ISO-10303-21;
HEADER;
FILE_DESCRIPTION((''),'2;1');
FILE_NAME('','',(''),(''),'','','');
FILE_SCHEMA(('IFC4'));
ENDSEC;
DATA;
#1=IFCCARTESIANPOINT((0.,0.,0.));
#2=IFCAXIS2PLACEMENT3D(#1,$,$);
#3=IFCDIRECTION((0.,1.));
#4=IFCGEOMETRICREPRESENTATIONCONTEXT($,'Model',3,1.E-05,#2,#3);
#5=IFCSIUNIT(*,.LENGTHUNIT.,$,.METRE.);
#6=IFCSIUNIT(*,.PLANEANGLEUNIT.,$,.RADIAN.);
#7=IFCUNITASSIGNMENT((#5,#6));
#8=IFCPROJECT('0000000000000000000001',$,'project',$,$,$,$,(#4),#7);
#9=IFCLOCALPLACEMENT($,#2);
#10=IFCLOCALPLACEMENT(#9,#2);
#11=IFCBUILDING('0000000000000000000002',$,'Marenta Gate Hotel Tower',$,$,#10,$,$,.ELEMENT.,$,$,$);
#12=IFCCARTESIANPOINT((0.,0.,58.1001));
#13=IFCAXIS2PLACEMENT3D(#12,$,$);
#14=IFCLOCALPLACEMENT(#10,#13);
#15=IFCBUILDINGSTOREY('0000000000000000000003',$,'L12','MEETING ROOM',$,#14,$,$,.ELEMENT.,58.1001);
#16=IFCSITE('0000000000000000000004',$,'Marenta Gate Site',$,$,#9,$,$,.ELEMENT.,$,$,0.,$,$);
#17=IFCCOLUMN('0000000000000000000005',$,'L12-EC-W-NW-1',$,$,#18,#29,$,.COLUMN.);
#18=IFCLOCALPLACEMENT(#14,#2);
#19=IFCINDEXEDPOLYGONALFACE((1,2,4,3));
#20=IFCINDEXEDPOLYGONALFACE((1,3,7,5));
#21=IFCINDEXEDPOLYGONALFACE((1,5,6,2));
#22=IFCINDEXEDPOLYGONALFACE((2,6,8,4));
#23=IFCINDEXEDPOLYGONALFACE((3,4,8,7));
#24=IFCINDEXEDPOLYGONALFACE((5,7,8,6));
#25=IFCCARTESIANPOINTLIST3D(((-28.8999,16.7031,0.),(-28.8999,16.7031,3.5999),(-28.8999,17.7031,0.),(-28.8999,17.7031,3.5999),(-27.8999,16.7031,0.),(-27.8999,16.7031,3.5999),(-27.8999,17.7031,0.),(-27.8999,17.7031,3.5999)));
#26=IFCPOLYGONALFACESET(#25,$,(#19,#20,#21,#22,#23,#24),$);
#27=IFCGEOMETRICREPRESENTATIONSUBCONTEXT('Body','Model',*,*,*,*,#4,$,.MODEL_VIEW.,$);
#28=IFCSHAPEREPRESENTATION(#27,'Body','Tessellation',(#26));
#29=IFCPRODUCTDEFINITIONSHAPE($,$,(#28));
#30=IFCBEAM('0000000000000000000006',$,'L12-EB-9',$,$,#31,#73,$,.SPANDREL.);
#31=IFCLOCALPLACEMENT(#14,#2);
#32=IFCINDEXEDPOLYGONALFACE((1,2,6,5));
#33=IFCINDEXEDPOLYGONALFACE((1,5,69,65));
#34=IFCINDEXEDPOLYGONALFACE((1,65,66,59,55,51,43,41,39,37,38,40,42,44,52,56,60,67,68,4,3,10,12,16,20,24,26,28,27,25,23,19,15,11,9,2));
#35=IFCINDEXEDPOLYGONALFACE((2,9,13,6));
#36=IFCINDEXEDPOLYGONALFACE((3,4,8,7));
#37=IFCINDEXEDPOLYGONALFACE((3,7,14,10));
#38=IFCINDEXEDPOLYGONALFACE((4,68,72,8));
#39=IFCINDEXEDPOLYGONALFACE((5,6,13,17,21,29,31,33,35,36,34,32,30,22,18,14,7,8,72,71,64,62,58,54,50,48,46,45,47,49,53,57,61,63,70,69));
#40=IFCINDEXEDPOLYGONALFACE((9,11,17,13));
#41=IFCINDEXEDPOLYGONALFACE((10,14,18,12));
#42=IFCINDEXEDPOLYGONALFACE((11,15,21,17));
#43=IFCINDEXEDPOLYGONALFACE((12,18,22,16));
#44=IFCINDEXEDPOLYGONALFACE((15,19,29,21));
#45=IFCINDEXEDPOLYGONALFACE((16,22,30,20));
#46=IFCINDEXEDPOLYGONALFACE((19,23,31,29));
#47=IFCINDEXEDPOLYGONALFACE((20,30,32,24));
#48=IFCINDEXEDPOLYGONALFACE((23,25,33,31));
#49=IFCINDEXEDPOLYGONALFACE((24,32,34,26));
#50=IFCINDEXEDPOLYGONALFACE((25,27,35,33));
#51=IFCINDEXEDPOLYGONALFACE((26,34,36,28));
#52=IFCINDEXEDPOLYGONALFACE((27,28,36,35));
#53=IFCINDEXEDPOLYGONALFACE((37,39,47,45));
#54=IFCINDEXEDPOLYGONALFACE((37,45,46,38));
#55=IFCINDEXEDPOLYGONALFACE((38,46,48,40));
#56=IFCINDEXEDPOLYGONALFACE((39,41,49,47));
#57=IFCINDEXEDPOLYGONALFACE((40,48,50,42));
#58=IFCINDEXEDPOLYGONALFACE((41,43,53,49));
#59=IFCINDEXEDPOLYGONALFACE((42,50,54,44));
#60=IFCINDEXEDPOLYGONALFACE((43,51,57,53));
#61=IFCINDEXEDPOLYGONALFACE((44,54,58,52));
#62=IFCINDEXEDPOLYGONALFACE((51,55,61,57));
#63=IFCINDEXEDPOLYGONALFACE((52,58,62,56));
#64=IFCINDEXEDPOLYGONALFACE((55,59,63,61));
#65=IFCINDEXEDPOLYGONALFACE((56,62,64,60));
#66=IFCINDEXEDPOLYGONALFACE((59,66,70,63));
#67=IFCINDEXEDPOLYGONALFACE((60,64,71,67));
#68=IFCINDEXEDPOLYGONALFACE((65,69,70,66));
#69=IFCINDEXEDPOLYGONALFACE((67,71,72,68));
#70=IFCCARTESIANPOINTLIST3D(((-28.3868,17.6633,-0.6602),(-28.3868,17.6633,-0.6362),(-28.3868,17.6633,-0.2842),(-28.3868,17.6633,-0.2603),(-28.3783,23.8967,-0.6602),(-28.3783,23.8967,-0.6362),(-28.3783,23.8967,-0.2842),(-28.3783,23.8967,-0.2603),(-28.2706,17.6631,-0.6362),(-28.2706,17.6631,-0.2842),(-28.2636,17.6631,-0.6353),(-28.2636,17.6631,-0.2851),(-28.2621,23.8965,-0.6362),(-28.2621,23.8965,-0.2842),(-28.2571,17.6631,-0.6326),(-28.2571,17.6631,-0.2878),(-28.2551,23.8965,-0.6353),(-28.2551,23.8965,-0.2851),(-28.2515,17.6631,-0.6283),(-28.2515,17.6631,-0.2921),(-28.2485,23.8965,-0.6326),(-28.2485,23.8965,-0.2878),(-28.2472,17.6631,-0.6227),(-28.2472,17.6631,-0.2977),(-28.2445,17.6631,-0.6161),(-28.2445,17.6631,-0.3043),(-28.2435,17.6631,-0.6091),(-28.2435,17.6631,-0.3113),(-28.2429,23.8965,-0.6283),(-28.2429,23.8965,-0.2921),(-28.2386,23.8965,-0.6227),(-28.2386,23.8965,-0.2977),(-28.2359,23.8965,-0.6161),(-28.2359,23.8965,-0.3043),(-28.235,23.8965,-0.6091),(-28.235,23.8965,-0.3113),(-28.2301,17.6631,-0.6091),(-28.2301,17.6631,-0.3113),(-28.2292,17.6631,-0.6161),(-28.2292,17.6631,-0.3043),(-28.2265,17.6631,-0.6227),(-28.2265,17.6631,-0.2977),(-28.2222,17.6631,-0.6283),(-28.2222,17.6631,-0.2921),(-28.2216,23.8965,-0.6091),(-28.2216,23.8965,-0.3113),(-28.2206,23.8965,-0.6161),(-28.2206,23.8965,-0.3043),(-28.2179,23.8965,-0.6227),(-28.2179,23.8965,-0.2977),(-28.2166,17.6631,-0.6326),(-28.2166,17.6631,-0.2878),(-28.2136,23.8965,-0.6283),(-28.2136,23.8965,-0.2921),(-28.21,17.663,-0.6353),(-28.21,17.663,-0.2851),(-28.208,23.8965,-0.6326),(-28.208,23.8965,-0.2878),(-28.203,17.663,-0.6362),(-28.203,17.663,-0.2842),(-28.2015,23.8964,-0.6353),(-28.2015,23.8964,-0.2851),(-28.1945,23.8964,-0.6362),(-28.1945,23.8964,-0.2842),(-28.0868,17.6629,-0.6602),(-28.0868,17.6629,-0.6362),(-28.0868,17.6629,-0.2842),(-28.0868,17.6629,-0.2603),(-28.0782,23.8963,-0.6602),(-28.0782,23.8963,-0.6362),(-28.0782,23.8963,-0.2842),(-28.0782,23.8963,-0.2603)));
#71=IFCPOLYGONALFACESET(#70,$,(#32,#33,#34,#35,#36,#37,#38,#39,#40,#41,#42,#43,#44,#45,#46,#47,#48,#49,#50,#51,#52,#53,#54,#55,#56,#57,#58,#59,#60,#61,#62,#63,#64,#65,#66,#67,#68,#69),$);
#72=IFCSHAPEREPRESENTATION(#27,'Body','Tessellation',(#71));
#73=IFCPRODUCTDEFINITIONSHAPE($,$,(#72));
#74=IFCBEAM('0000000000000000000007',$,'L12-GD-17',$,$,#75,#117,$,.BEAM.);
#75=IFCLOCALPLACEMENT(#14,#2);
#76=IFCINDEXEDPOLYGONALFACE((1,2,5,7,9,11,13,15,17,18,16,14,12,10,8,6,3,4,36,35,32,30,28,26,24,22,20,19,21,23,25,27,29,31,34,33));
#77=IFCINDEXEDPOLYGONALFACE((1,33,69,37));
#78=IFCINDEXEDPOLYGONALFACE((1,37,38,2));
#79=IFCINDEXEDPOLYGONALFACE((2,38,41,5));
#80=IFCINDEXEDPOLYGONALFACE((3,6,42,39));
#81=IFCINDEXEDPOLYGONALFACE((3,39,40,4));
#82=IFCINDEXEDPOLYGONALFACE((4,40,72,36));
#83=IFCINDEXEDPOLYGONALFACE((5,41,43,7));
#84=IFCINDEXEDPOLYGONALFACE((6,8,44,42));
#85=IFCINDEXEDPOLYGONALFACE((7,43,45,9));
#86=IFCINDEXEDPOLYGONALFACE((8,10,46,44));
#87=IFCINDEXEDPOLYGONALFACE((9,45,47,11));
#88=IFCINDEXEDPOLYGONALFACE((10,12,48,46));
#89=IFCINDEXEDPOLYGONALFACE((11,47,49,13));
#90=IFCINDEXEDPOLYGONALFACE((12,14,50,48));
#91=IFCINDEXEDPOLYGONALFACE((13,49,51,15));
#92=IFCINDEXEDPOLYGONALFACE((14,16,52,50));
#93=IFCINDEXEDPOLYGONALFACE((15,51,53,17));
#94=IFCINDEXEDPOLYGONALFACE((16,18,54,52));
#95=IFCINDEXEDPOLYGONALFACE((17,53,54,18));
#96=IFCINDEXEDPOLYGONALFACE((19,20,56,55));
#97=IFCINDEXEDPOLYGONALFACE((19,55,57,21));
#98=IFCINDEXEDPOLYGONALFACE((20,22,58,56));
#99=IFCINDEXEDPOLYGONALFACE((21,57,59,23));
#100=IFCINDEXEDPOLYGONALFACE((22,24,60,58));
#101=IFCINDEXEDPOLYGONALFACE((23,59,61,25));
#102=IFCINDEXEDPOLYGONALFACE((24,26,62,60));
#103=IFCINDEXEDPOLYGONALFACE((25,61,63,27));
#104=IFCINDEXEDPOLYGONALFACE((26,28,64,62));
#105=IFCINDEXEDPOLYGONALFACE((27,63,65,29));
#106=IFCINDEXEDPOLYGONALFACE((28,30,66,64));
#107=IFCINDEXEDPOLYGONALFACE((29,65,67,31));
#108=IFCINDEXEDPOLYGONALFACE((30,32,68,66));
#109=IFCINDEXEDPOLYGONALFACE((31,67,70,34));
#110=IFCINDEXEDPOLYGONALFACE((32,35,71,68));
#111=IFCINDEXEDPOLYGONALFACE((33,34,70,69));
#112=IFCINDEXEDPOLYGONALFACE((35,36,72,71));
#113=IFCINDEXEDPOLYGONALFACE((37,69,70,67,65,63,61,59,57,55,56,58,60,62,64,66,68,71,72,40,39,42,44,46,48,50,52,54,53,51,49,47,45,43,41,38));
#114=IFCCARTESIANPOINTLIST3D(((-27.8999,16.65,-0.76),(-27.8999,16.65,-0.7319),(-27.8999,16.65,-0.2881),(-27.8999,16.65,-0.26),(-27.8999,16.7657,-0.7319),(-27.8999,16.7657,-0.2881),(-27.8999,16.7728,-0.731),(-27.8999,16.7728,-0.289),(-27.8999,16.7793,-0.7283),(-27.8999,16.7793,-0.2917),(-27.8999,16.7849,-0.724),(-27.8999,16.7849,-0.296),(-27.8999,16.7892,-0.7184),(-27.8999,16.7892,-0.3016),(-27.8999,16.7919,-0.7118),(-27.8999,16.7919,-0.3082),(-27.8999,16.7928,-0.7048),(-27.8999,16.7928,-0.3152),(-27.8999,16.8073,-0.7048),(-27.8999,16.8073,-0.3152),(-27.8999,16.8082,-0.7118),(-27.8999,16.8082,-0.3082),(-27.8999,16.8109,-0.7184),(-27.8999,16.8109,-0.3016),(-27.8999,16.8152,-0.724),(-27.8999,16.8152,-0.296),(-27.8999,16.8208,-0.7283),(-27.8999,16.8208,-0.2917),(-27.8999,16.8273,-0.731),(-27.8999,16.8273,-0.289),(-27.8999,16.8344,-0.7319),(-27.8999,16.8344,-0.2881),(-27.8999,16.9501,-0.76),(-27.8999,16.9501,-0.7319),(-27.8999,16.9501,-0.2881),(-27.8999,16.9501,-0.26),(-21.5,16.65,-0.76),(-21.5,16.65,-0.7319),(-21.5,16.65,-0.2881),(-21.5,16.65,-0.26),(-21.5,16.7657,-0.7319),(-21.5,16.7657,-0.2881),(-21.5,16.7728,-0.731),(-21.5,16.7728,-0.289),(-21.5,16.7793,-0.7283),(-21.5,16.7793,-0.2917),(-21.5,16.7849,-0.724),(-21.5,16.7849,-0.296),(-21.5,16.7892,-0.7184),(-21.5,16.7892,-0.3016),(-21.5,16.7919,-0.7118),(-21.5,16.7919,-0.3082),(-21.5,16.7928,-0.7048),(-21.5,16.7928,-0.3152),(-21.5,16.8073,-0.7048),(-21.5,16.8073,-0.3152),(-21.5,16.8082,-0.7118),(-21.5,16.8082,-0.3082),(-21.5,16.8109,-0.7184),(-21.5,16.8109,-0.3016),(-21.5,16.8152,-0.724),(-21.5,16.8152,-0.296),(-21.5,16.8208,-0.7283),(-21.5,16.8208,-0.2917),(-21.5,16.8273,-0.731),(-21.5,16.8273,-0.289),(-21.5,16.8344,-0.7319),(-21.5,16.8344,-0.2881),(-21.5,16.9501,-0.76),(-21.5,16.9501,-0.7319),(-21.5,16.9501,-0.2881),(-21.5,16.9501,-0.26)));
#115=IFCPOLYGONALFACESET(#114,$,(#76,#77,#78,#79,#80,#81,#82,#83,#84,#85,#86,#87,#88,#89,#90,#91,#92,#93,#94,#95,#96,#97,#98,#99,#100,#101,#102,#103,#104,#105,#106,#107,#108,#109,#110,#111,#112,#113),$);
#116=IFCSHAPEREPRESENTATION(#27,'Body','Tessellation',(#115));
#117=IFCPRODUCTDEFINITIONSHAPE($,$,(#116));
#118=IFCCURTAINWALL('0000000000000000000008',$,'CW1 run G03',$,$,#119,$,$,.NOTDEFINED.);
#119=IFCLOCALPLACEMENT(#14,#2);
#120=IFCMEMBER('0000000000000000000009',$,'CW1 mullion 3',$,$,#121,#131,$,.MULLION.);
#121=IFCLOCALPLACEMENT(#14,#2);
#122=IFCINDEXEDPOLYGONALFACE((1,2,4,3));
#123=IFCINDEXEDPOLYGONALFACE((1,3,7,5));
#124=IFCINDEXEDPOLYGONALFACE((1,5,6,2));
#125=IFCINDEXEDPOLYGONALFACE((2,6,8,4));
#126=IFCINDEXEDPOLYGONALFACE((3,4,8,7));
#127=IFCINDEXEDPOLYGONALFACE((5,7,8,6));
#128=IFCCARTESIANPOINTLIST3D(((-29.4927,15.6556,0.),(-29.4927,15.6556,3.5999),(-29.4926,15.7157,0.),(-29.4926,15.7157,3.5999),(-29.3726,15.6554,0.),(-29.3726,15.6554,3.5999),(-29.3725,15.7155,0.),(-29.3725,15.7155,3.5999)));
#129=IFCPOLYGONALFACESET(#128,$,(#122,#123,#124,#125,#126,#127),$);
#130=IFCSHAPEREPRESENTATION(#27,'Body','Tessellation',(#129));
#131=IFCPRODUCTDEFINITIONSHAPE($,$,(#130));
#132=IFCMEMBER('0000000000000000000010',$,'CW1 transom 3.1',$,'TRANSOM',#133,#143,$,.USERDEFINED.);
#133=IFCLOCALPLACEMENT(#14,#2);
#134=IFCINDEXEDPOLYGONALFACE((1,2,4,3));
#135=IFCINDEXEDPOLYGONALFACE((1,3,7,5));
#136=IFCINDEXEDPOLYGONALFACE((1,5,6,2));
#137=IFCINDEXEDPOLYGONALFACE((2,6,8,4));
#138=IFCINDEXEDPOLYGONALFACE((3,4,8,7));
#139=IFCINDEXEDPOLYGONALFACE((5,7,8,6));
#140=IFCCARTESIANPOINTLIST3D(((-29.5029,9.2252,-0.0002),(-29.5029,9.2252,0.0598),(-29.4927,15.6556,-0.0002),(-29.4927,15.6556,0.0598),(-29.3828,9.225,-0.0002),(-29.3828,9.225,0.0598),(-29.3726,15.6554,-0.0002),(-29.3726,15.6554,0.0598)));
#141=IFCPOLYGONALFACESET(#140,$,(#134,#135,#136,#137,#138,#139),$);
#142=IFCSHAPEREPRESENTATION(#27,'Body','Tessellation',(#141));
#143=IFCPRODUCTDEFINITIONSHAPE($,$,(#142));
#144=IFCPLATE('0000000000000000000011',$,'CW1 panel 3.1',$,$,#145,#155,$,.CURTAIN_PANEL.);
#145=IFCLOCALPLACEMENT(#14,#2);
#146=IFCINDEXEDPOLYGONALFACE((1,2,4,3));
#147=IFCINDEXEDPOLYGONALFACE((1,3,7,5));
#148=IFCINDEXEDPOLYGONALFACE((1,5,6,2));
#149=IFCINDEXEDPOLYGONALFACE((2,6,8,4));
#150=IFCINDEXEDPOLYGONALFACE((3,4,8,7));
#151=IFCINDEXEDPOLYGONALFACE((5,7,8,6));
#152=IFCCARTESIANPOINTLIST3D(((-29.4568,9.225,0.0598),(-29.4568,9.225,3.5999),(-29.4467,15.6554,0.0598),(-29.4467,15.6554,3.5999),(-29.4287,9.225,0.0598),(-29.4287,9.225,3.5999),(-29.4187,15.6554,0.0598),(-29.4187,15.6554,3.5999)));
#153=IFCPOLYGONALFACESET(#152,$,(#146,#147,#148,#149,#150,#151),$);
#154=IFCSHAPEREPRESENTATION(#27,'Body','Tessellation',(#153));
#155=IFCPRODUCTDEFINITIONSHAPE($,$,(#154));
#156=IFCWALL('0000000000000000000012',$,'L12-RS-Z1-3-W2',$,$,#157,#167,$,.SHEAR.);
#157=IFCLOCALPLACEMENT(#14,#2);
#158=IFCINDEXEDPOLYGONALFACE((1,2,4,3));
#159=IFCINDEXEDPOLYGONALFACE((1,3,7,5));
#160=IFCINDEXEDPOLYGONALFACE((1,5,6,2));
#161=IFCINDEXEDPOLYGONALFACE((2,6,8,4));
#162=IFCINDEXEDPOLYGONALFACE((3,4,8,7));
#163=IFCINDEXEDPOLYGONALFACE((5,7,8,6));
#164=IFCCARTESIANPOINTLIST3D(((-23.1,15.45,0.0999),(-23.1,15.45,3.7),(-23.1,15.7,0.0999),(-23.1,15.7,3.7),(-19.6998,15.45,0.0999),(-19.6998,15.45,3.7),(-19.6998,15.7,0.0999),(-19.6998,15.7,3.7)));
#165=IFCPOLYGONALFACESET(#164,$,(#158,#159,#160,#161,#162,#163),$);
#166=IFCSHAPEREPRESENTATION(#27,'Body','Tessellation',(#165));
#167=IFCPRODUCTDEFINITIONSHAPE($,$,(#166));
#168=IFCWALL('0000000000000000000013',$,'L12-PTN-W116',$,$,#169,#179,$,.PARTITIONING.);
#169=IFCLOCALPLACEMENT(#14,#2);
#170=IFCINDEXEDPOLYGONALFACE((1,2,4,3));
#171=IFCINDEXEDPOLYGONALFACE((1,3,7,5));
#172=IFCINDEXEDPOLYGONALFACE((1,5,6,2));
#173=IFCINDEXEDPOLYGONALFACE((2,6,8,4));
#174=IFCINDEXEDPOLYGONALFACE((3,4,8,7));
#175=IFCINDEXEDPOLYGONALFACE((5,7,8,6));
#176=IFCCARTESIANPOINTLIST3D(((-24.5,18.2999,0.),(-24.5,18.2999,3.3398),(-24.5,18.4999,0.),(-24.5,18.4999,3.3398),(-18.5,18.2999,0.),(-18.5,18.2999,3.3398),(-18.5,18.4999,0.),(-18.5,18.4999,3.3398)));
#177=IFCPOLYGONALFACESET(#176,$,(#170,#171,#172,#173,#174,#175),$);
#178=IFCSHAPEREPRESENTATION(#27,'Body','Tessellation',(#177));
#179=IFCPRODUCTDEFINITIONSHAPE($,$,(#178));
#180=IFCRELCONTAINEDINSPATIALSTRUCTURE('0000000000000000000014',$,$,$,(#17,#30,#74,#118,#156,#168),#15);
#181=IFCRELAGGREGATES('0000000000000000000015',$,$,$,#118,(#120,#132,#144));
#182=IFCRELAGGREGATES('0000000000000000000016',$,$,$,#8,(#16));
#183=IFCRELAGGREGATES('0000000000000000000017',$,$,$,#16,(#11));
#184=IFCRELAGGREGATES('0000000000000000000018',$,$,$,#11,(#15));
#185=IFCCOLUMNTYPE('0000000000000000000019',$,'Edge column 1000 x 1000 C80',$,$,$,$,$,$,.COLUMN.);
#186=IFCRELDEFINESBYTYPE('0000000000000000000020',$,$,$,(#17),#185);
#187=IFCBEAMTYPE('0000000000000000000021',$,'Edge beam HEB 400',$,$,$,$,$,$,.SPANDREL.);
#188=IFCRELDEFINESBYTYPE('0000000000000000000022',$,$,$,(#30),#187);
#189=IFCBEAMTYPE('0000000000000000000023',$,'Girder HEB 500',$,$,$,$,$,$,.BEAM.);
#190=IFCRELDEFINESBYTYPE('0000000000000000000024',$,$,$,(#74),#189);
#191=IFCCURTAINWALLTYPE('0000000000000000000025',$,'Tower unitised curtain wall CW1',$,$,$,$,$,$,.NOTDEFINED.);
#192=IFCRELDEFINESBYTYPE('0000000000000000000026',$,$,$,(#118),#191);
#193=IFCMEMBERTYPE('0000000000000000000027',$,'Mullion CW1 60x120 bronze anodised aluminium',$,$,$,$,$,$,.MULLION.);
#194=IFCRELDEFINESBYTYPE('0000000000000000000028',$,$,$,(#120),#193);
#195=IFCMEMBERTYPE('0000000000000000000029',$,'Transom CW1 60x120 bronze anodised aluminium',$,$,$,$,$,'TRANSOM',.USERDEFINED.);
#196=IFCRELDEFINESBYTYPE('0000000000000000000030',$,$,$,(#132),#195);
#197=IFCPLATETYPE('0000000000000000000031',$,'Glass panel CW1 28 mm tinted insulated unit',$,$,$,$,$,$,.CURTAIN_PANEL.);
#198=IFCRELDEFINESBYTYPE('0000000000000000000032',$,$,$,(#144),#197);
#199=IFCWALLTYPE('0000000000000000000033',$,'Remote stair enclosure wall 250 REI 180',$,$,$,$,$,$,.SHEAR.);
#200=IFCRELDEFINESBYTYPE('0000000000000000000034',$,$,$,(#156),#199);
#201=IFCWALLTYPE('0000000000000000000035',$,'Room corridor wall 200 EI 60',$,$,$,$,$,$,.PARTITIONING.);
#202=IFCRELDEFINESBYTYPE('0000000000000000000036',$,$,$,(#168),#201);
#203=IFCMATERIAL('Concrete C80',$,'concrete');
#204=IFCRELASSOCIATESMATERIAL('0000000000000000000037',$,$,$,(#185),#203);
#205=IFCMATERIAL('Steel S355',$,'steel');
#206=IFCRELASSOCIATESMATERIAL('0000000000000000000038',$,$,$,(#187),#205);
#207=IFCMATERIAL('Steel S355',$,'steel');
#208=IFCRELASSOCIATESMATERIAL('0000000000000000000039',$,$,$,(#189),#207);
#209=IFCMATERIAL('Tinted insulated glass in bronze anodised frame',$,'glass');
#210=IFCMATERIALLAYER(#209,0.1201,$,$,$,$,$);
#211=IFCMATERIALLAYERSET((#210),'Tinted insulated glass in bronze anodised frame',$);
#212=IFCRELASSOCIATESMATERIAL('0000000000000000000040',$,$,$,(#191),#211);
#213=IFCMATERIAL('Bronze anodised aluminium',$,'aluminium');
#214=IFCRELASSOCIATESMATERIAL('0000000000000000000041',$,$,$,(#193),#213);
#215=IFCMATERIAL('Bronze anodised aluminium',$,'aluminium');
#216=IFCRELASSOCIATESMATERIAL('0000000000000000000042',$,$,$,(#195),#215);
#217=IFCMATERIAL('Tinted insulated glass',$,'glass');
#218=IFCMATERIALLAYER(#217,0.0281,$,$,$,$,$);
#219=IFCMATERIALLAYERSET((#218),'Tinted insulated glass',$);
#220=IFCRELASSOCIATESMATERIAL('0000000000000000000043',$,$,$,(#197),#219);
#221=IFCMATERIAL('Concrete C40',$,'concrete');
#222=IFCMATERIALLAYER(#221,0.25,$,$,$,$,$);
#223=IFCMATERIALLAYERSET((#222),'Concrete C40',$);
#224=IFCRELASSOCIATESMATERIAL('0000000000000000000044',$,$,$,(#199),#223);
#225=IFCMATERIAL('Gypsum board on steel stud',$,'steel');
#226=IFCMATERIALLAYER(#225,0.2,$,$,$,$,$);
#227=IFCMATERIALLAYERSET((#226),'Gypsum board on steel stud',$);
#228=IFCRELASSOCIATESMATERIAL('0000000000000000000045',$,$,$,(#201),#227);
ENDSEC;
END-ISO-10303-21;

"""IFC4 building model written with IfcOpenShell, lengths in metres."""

from ifc_helpers import new_model, si_unit, direction, frame, frame_2d, origin, origin_2d, place, context, subcontext, project, spatial, rectangle, i_section, extrude, material, layer, layer_set, material_profile, profile_set, type_object, element, aggregate, save


model = new_model("IFC4")

# Units and contexts
model_context = context("Model", 3, precision=1e-05, world=origin(), true_north=direction((0.0, 1.0)))
body_context = subcontext(model_context, "Body", "Model", "MODEL_VIEW")
ifc_project = project(units=[si_unit("LENGTHUNIT", "METRE"), si_unit("PLANEANGLEUNIT", "RADIAN")], contexts=[model_context])

# Site, building, storey
site_placement = place(None, origin())
site = spatial("IfcSite", under=ifc_project, at=site_placement, Name="Marenta Gate Site", CompositionType="ELEMENT", RefElevation=0.0)
building_placement = place(site_placement, origin())
building = spatial("IfcBuilding", under=site, at=building_placement, Name="Marenta Gate Hotel Tower", CompositionType="ELEMENT")
storey_placement = place(building_placement, frame((0.0, 0.0, 58.1001)))
storey = spatial("IfcBuildingStorey", under=building, at=storey_placement, Name="L12", Description="MEETING ROOM", CompositionType="ELEMENT", Elevation=58.1001)

# Column
ifc_material_1 = material(Name="Concrete C80", Category="concrete")
ifc_material_profile_1 = material_profile(ifc_material_1, rectangle(XDim=1.0, YDim=1.0, at=origin_2d()), Name="1000 x 1000")
ifc_profile_set_1 = profile_set([ifc_material_profile_1], Name="Concrete C80")
column_type = type_object("IfcColumnType", Name="Edge column 1000 x 1000 C80", PredefinedType="COLUMN", material=ifc_profile_set_1)
column_placement = place(storey_placement, frame((-28.3999, 17.2031, 0.0), z_axis=(0.0, 0.0, 1.0), x_axis=(1.0, 0.0, 0.0)))
element("IfcColumn", 1, at=column_placement, inside=storey, type_object=column_type, Name="L12-EC-W-NW-1", PredefinedType="COLUMN", context=body_context, shape_type="SweptSolid", body=[
    extrude(rectangle(XDim=1.0, YDim=1.0, at=origin_2d()), origin(), (0.0, 0.0, 1.0), 3.5999),
])

# Beams
ifc_material_2 = material(Name="Steel S355", Category="steel")
ifc_material_profile_2 = material_profile(ifc_material_2, i_section(OverallWidth=0.3, OverallDepth=0.3999, WebThickness=0.0134, FlangeThickness=0.0239, FilletRadius=0.0271, at=origin_2d()), Name="HEB 400")
ifc_profile_set_2 = profile_set([ifc_material_profile_2], Name="Steel S355")
beam_type_1 = type_object("IfcBeamType", Name="Edge beam HEB 400", PredefinedType="SPANDREL", material=ifc_profile_set_2)
beam_1_placement = place(storey_placement, frame((-28.2368, 17.6631, -0.4602), z_axis=(0.001371, 0.999999, 0.0), x_axis=(-0.999999, 0.001371, 0.0)))
element("IfcBeam", 2, at=beam_1_placement, inside=storey, type_object=beam_type_1, Name="L12-EB-9", PredefinedType="SPANDREL", context=body_context, shape_type="SweptSolid", body=[
    extrude(i_section(OverallWidth=0.3, OverallDepth=0.3999, WebThickness=0.0134, FlangeThickness=0.0239, FilletRadius=0.0271, at=origin_2d()), origin(), (0.0, 0.0, 1.0), 6.2334),
])
ifc_material_3 = material(Name="Steel S355", Category="steel")
ifc_material_profile_3 = material_profile(ifc_material_3, i_section(OverallWidth=0.3, OverallDepth=0.5, WebThickness=0.0144, FlangeThickness=0.0281, FilletRadius=0.0271, at=origin_2d()), Name="HEB 500")
ifc_profile_set_3 = profile_set([ifc_material_profile_3], Name="Steel S355")
beam_type_2 = type_object("IfcBeamType", Name="Girder HEB 500", PredefinedType="BEAM", material=ifc_profile_set_3)
beam_2_placement = place(storey_placement, frame((-27.8999, 16.8, -0.51), z_axis=(1.0, 0.0, 0.0), x_axis=(0.0, 1.0, 0.0)))
element("IfcBeam", 3, at=beam_2_placement, inside=storey, type_object=beam_type_2, Name="L12-GD-17", PredefinedType="BEAM", context=body_context, shape_type="SweptSolid", body=[
    extrude(i_section(OverallWidth=0.3, OverallDepth=0.5, WebThickness=0.0144, FlangeThickness=0.0281, FilletRadius=0.0271, at=origin_2d()), origin(), (0.0, 0.0, 1.0), 6.3999),
])

# Curtain wall, members, plate
ifc_material_4 = material(Name="Tinted insulated glass in bronze anodised frame", Category="glass")
ifc_layer_1 = layer(ifc_material_4, 0.1201)
ifc_layer_set_1 = layer_set([ifc_layer_1], Name="Tinted insulated glass in bronze anodised frame")
curtain_wall_type = type_object("IfcCurtainWallType", Name="Tower unitised curtain wall CW1", PredefinedType="NOTDEFINED", material=ifc_layer_set_1)
curtain_wall_placement = place(storey_placement, origin())
curtain_wall = element("IfcCurtainWall", 4, at=curtain_wall_placement, inside=storey, type_object=curtain_wall_type, Name="CW1 run G03", PredefinedType="NOTDEFINED")
ifc_material_5 = material(Name="Bronze anodised aluminium", Category="aluminium")
ifc_material_profile_4 = material_profile(ifc_material_5, rectangle(XDim=0.1201, YDim=0.0601, at=origin_2d()), Name="Mullion CW1 60x120 bronze anodised aluminium")
ifc_profile_set_4 = profile_set([ifc_material_profile_4], Name="Bronze anodised aluminium")
member_type_1 = type_object("IfcMemberType", Name="Mullion CW1 60x120 bronze anodised aluminium", PredefinedType="MULLION", material=ifc_profile_set_4)
member_1_placement = place(storey_placement, frame((-29.4326, 15.6855, 0.0), z_axis=(0.0, 0.0, 1.0), x_axis=(0.999999, -0.001566, 0.0)))
member_1 = element("IfcMember", 5, at=member_1_placement, type_object=member_type_1, Name="CW1 mullion 3", PredefinedType="MULLION", context=body_context, shape_type="SweptSolid", body=[
    extrude(rectangle(XDim=0.1201, YDim=0.0601, at=origin_2d()), origin(), (0.0, 0.0, 1.0), 3.5999),
])
ifc_material_6 = material(Name="Bronze anodised aluminium", Category="aluminium")
ifc_material_profile_5 = material_profile(ifc_material_6, rectangle(XDim=0.1201, YDim=0.0601, at=origin_2d()), Name="Transom CW1 60x120 bronze anodised aluminium")
ifc_profile_set_5 = profile_set([ifc_material_profile_5], Name="Bronze anodised aluminium")
member_type_2 = type_object("IfcMemberType", Name="Transom CW1 60x120 bronze anodised aluminium", ElementType="TRANSOM", PredefinedType="USERDEFINED", material=ifc_profile_set_5)
member_2_placement = place(storey_placement, frame((-29.4326, 15.6555, 0.0298), z_axis=(-0.001595, -0.999999, 0.0), x_axis=(0.999999, -0.001595, 0.0)))
member_2 = element("IfcMember", 6, at=member_2_placement, type_object=member_type_2, Name="CW1 transom 3.1", ObjectType="TRANSOM", PredefinedType="USERDEFINED", context=body_context, shape_type="SweptSolid", body=[
    extrude(rectangle(XDim=0.1201, YDim=0.0601, at=origin_2d()), origin(), (0.0, 0.0, 1.0), 6.4304),
])
ifc_material_7 = material(Name="Tinted insulated glass", Category="glass")
ifc_layer_2 = layer(ifc_material_7, 0.0281)
ifc_layer_set_2 = layer_set([ifc_layer_2], Name="Tinted insulated glass")
plate_type = type_object("IfcPlateType", Name="Glass panel CW1 28 mm tinted insulated unit", PredefinedType="CURTAIN_PANEL", material=ifc_layer_set_2)
plate_placement = place(storey_placement, frame((-29.4377, 12.4402, 0.0598), z_axis=(0.0, 0.0, 1.0), x_axis=(-0.001566, -0.999999, 0.0)))
plate = element("IfcPlate", 7, at=plate_placement, type_object=plate_type, Name="CW1 panel 3.1", PredefinedType="CURTAIN_PANEL", context=body_context, shape_type="SweptSolid", body=[
    extrude(rectangle(XDim=6.4304, YDim=0.0281, at=origin_2d()), origin(), (0.0, 0.0, 1.0), 3.54),
])
aggregate(curtain_wall, [member_1, member_2, plate])

# Walls
ifc_material_8 = material(Name="Concrete C40", Category="concrete")
ifc_layer_3 = layer(ifc_material_8, 0.25)
ifc_layer_set_3 = layer_set([ifc_layer_3], Name="Concrete C40")
wall_type_1 = type_object("IfcWallType", Name="Remote stair enclosure wall 250 REI 180", PredefinedType="SHEAR", material=ifc_layer_set_3)
wall_1_placement = place(storey_placement, frame((-23.1001, 15.575, 0.0999), z_axis=(0.0, 0.0, 1.0), x_axis=(1.0, 0.0, 0.0)))
element("IfcWall", 8, at=wall_1_placement, inside=storey, type_object=wall_type_1, Name="L12-RS-Z1-3-W2", PredefinedType="SHEAR", context=body_context, shape_type="SweptSolid", body=[
    extrude(rectangle(XDim=3.4001, YDim=0.25, at=frame_2d((1.7002, 0.0))), origin(), (0.0, 0.0, 1.0), 3.6001),
])
ifc_material_9 = material(Name="Gypsum board on steel stud", Category="steel")
ifc_layer_4 = layer(ifc_material_9, 0.2)
ifc_layer_set_4 = layer_set([ifc_layer_4], Name="Gypsum board on steel stud")
wall_type_2 = type_object("IfcWallType", Name="Room corridor wall 200 EI 60", PredefinedType="PARTITIONING", material=ifc_layer_set_4)
wall_2_placement = place(storey_placement, frame((-24.5, 18.3999, 0.0), z_axis=(0.0, 0.0, 1.0), x_axis=(1.0, 0.0, 0.0)))
element("IfcWall", 9, at=wall_2_placement, inside=storey, type_object=wall_type_2, Name="L12-PTN-W116", PredefinedType="PARTITIONING", context=body_context, shape_type="SweptSolid", body=[
    extrude(rectangle(XDim=6.0, YDim=0.2, at=frame_2d((3.0, 0.0))), origin(), (0.0, 0.0, 1.0), 3.3398),
])

save(model, "model.ifc")
